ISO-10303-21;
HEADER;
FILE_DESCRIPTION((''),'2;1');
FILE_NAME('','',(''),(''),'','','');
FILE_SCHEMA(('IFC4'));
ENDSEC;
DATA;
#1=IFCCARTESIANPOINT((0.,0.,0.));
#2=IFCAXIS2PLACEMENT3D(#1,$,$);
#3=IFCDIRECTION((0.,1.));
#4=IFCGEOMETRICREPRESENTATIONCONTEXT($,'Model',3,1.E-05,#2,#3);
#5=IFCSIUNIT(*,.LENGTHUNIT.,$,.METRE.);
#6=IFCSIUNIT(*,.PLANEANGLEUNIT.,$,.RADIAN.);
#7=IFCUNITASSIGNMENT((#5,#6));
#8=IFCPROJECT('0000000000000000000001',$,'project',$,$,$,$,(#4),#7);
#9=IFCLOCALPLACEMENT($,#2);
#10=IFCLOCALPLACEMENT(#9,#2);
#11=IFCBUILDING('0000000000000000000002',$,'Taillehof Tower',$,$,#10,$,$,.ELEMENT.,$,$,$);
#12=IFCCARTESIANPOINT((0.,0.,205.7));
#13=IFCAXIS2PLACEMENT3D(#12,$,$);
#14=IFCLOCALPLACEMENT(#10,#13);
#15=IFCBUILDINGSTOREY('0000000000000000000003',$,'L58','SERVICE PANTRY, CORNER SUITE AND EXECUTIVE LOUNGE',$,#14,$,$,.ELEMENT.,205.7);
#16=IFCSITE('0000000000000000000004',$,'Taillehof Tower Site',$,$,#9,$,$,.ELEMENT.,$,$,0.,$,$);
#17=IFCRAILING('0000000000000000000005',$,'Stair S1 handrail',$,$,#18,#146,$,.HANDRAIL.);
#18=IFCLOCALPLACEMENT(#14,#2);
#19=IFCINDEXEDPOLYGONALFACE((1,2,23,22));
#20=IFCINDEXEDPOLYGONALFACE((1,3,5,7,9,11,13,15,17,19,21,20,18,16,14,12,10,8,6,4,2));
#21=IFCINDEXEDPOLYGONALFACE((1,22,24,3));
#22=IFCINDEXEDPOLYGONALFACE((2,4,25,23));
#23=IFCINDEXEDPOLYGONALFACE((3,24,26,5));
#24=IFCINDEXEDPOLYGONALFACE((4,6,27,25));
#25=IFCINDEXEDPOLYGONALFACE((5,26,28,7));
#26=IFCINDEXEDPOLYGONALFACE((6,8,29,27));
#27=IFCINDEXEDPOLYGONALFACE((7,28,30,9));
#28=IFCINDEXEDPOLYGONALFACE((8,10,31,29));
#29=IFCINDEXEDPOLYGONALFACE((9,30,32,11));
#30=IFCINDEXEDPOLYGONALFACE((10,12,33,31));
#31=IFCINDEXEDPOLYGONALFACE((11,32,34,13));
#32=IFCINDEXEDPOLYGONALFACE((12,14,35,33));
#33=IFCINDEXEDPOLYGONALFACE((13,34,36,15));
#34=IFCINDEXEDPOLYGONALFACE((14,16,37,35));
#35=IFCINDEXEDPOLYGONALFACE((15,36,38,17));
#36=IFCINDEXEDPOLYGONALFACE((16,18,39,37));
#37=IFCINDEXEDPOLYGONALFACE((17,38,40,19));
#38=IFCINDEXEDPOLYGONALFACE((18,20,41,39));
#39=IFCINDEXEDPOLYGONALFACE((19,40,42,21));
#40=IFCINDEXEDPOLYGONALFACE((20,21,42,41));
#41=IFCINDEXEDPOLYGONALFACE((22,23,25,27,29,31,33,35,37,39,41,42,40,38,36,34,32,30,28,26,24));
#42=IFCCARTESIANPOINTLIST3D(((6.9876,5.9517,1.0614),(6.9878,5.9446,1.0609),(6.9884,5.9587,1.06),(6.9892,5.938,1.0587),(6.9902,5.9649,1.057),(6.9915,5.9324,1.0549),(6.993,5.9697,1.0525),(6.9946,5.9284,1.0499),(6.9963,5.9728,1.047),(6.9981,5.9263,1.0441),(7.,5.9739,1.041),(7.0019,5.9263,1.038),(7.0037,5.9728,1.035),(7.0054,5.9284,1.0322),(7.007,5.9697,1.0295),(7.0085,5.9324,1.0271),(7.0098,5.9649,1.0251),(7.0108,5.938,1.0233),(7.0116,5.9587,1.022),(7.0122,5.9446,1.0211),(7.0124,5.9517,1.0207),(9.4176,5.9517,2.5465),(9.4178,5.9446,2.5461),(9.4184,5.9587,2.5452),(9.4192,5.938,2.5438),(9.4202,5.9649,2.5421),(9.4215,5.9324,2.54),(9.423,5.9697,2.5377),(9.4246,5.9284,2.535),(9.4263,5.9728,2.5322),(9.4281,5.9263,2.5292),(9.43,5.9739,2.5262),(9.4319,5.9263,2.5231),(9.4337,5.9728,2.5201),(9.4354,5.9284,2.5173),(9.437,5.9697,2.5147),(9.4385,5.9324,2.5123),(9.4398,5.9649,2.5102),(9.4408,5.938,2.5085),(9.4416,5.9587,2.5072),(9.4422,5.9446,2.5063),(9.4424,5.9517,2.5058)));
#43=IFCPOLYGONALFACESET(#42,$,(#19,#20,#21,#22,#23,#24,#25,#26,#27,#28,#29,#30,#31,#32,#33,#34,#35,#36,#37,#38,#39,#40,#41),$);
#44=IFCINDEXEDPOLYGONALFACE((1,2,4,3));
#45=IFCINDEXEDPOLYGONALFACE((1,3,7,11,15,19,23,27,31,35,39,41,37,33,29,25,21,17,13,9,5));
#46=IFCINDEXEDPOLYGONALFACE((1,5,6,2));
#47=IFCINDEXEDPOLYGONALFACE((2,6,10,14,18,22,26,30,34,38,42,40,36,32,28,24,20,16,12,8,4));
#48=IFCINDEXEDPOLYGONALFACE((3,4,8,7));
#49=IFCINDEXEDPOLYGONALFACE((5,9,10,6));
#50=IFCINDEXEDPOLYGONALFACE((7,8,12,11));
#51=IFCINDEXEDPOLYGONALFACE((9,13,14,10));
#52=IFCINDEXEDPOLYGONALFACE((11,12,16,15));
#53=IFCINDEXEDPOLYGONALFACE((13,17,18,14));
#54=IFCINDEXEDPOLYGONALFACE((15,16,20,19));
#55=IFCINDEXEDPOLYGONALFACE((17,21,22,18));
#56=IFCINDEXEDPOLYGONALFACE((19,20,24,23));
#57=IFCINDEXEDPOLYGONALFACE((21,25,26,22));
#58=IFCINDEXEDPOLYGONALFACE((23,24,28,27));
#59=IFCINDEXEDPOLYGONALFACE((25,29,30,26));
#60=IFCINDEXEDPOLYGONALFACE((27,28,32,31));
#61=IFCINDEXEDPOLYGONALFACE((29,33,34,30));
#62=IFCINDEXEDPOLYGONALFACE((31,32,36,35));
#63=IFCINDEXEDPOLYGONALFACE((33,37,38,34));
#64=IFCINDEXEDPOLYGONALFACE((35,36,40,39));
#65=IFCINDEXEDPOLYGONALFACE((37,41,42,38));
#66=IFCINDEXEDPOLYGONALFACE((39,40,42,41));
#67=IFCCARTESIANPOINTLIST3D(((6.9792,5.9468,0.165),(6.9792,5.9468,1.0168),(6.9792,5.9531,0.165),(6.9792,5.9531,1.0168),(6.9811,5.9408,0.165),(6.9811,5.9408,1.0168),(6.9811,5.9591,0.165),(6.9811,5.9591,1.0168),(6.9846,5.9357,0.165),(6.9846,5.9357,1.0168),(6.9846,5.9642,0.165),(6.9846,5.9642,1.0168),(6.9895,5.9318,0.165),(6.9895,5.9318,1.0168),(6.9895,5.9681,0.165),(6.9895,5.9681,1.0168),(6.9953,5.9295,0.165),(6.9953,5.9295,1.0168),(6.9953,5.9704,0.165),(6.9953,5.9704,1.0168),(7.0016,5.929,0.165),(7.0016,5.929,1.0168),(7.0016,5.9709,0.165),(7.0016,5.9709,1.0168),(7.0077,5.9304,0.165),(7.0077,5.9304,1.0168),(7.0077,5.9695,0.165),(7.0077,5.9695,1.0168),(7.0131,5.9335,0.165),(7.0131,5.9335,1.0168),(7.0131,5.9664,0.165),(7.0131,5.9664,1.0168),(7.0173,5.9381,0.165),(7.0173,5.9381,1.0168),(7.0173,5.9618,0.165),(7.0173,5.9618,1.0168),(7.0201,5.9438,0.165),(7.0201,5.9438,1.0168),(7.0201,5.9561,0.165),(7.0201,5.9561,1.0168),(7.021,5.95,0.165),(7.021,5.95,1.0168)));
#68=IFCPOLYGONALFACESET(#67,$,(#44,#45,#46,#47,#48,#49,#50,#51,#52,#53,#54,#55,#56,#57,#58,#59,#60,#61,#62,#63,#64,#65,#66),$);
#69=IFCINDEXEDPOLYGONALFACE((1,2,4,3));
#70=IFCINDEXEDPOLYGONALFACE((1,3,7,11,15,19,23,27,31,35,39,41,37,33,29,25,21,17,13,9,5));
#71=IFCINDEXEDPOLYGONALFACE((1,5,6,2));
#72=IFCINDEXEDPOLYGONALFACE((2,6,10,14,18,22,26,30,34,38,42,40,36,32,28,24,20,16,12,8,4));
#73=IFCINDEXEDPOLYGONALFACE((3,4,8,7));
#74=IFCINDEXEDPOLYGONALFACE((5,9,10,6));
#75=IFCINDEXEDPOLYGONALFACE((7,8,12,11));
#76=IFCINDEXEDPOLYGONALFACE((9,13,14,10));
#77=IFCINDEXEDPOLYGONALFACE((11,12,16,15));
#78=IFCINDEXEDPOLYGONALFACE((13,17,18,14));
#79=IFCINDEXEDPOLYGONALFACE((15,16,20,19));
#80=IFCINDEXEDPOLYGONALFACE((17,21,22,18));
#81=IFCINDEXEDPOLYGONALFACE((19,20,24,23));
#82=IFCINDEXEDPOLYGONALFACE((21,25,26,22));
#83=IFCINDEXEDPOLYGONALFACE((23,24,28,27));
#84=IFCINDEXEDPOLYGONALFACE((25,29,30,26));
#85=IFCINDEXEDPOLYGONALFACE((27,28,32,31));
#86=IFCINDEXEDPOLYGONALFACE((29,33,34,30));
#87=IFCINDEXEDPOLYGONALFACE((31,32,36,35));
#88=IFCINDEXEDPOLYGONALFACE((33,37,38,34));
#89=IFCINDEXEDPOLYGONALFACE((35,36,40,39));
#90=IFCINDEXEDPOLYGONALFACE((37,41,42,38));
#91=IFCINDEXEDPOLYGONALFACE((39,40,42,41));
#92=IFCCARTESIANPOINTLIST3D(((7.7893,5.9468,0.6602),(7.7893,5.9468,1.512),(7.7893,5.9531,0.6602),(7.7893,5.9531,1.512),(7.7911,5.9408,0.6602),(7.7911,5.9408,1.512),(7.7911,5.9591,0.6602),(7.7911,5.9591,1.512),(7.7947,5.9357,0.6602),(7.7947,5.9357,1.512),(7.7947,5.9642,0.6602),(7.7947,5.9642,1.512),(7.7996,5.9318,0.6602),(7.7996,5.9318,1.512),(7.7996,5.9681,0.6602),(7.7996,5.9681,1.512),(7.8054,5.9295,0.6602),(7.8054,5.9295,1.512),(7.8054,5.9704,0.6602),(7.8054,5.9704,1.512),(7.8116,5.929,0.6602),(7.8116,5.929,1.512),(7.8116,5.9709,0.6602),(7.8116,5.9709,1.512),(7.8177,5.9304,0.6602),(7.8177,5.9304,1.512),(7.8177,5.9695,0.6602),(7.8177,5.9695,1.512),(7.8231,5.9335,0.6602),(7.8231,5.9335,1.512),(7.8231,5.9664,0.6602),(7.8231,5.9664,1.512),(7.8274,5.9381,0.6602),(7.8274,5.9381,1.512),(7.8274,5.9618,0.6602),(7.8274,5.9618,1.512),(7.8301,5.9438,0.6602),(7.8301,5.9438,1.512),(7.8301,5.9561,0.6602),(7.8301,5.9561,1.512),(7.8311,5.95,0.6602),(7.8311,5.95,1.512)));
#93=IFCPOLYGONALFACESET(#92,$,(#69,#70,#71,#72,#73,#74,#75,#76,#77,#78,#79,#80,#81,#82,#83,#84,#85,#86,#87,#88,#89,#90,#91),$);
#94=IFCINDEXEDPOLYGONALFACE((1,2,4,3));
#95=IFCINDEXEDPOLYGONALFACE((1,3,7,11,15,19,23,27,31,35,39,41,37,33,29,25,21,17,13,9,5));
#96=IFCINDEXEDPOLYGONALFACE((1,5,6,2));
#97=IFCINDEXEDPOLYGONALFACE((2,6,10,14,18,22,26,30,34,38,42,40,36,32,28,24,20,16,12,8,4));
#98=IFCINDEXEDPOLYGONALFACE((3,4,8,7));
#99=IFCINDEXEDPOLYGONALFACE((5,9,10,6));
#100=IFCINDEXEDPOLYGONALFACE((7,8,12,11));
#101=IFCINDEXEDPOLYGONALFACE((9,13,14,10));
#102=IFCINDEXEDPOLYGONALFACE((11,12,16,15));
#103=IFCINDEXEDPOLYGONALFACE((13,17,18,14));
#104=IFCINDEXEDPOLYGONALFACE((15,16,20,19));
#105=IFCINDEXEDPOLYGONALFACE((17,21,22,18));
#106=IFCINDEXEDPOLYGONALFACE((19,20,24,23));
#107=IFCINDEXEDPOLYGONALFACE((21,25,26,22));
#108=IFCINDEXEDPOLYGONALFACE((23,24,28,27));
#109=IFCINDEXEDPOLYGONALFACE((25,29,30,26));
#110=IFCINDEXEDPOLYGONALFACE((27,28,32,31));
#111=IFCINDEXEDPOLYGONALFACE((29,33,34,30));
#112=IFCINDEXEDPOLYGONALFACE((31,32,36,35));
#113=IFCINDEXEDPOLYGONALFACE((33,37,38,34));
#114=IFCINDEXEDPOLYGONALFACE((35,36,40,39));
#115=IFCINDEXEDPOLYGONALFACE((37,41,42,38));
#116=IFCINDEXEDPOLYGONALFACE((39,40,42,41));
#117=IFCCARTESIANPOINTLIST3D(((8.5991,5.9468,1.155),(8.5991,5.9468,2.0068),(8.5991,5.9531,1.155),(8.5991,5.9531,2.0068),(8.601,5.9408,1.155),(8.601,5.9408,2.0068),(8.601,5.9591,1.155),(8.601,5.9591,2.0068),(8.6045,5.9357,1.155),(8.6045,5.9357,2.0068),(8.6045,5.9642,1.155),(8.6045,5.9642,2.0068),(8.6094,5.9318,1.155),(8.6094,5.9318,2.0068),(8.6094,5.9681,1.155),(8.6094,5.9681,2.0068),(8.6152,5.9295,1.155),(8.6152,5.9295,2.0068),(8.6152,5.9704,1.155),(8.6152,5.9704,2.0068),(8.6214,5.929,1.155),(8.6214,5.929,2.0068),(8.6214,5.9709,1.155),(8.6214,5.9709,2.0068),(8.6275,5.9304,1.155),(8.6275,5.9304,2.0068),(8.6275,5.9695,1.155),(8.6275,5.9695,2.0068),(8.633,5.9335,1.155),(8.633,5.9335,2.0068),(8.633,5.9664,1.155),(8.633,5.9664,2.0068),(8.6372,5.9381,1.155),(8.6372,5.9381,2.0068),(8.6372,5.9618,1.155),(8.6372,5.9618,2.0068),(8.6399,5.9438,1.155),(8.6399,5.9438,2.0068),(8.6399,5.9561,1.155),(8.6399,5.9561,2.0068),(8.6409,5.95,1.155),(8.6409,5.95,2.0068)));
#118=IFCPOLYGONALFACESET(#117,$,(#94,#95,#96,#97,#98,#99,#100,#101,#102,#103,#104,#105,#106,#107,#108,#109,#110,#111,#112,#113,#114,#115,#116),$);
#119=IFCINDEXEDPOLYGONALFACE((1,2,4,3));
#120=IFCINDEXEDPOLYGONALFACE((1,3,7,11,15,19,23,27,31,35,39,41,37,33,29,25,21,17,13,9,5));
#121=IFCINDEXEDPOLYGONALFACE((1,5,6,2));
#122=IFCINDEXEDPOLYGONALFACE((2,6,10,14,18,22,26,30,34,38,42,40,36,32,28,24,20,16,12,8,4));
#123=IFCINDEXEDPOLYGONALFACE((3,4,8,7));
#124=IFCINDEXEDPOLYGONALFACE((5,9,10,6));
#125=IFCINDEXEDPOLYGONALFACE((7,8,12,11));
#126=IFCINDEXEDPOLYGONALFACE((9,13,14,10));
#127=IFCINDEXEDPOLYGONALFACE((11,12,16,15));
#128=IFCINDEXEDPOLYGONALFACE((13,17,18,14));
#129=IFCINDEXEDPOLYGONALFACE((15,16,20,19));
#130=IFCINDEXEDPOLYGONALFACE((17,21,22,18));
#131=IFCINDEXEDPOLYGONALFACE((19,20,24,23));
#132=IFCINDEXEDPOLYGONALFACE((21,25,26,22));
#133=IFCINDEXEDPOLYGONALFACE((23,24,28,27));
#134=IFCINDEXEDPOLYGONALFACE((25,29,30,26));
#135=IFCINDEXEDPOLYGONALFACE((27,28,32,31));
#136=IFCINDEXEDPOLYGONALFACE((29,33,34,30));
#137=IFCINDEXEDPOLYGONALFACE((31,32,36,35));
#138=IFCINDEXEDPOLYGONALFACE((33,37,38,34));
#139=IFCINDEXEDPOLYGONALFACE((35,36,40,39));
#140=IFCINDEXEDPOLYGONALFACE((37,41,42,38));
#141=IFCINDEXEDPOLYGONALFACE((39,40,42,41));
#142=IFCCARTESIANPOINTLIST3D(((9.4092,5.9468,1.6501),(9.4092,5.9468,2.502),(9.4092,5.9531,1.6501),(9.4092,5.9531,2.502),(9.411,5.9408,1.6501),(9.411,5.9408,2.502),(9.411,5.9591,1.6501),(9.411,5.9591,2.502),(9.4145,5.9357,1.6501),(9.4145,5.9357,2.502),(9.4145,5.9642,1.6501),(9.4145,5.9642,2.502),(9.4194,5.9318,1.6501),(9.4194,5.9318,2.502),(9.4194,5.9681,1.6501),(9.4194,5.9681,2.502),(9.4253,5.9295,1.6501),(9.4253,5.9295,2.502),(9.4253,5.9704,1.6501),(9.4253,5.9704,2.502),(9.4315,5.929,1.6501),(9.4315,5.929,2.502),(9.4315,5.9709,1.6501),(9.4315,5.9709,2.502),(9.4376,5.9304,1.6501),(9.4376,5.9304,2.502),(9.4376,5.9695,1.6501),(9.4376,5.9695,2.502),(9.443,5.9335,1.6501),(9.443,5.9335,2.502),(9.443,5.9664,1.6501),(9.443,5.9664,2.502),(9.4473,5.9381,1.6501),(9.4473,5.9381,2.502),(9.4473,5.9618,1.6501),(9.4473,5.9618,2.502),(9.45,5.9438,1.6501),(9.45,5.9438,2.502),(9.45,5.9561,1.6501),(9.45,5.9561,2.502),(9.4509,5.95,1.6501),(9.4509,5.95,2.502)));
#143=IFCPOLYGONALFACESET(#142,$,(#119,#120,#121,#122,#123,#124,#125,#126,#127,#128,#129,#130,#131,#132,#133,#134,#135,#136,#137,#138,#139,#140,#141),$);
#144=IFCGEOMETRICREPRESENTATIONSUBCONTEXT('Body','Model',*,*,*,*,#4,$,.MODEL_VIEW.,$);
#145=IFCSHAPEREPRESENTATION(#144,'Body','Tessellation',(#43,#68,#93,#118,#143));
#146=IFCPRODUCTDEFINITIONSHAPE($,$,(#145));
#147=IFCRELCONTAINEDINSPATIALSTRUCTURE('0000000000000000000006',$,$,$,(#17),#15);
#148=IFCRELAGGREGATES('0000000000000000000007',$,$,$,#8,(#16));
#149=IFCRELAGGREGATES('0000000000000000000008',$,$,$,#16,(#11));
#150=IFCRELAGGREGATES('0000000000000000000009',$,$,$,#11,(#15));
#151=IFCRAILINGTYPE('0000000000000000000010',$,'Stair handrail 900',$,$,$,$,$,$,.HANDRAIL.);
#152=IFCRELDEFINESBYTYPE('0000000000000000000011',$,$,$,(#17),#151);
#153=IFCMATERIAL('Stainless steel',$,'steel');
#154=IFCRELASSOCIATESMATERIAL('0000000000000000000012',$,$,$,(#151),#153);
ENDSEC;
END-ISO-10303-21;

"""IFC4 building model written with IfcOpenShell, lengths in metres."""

from ifc_helpers import new_model, si_unit, direction, frame, origin, origin_2d, place, context, subcontext, project, spatial, circle, extrude, material, type_object, element, save


model = new_model("IFC4")

# Units and contexts
model_context = context("Model", 3, precision=1e-05, world=origin(), true_north=direction((0.0, 1.0)))
body_context = subcontext(model_context, "Body", "Model", "MODEL_VIEW")
ifc_project = project(units=[si_unit("LENGTHUNIT", "METRE"), si_unit("PLANEANGLEUNIT", "RADIAN")], contexts=[model_context])

# Site, building, storey
site_placement = place(None, origin())
site = spatial("IfcSite", under=ifc_project, at=site_placement, Name="Taillehof Tower Site", CompositionType="ELEMENT", RefElevation=0.0)
building_placement = place(site_placement, origin())
building = spatial("IfcBuilding", under=site, at=building_placement, Name="Taillehof Tower", CompositionType="ELEMENT")
storey_placement = place(building_placement, frame((0.0, 0.0, 205.7)))
storey = spatial("IfcBuildingStorey", under=building, at=storey_placement, Name="L58", Description="SERVICE PANTRY, CORNER SUITE AND EXECUTIVE LOUNGE", CompositionType="ELEMENT", Elevation=205.7)

# Railing
ifc_material_1 = material(Name="Stainless steel", Category="steel")
railing_type = type_object("IfcRailingType", Name="Stair handrail 900", PredefinedType="HANDRAIL", material=ifc_material_1)
railing_placement = place(storey_placement, frame((7.0, 5.95, 0.165)))
element("IfcRailing", 1, at=railing_placement, inside=storey, type_object=railing_type, Name="Stair S1 handrail", PredefinedType="HANDRAIL", context=body_context, shape_type="SweptSolid", body=[
    extrude(circle(Radius=0.0239, at=origin_2d()), frame((0.0, 0.0, 0.876), z_axis=(0.853259, 0.0, 0.521488), x_axis=(0.0, 1.0, 0.0)), (0.0, 0.0, 1.0), 2.8479),
    extrude(circle(Radius=0.021, at=origin_2d()), origin(), (0.0, 0.0, 1.0), 0.8518),
    extrude(circle(Radius=0.021, at=origin_2d()), frame((0.8101, 0.0, 0.4951)), (0.0, 0.0, 1.0), 0.8518),
    extrude(circle(Radius=0.021, at=origin_2d()), frame((1.6199, 0.0, 0.99)), (0.0, 0.0, 1.0), 0.8518),
    extrude(circle(Radius=0.021, at=origin_2d()), frame((2.4299, 0.0, 1.4851)), (0.0, 0.0, 1.0), 0.8518),
])

save(model, "model.ifc")
